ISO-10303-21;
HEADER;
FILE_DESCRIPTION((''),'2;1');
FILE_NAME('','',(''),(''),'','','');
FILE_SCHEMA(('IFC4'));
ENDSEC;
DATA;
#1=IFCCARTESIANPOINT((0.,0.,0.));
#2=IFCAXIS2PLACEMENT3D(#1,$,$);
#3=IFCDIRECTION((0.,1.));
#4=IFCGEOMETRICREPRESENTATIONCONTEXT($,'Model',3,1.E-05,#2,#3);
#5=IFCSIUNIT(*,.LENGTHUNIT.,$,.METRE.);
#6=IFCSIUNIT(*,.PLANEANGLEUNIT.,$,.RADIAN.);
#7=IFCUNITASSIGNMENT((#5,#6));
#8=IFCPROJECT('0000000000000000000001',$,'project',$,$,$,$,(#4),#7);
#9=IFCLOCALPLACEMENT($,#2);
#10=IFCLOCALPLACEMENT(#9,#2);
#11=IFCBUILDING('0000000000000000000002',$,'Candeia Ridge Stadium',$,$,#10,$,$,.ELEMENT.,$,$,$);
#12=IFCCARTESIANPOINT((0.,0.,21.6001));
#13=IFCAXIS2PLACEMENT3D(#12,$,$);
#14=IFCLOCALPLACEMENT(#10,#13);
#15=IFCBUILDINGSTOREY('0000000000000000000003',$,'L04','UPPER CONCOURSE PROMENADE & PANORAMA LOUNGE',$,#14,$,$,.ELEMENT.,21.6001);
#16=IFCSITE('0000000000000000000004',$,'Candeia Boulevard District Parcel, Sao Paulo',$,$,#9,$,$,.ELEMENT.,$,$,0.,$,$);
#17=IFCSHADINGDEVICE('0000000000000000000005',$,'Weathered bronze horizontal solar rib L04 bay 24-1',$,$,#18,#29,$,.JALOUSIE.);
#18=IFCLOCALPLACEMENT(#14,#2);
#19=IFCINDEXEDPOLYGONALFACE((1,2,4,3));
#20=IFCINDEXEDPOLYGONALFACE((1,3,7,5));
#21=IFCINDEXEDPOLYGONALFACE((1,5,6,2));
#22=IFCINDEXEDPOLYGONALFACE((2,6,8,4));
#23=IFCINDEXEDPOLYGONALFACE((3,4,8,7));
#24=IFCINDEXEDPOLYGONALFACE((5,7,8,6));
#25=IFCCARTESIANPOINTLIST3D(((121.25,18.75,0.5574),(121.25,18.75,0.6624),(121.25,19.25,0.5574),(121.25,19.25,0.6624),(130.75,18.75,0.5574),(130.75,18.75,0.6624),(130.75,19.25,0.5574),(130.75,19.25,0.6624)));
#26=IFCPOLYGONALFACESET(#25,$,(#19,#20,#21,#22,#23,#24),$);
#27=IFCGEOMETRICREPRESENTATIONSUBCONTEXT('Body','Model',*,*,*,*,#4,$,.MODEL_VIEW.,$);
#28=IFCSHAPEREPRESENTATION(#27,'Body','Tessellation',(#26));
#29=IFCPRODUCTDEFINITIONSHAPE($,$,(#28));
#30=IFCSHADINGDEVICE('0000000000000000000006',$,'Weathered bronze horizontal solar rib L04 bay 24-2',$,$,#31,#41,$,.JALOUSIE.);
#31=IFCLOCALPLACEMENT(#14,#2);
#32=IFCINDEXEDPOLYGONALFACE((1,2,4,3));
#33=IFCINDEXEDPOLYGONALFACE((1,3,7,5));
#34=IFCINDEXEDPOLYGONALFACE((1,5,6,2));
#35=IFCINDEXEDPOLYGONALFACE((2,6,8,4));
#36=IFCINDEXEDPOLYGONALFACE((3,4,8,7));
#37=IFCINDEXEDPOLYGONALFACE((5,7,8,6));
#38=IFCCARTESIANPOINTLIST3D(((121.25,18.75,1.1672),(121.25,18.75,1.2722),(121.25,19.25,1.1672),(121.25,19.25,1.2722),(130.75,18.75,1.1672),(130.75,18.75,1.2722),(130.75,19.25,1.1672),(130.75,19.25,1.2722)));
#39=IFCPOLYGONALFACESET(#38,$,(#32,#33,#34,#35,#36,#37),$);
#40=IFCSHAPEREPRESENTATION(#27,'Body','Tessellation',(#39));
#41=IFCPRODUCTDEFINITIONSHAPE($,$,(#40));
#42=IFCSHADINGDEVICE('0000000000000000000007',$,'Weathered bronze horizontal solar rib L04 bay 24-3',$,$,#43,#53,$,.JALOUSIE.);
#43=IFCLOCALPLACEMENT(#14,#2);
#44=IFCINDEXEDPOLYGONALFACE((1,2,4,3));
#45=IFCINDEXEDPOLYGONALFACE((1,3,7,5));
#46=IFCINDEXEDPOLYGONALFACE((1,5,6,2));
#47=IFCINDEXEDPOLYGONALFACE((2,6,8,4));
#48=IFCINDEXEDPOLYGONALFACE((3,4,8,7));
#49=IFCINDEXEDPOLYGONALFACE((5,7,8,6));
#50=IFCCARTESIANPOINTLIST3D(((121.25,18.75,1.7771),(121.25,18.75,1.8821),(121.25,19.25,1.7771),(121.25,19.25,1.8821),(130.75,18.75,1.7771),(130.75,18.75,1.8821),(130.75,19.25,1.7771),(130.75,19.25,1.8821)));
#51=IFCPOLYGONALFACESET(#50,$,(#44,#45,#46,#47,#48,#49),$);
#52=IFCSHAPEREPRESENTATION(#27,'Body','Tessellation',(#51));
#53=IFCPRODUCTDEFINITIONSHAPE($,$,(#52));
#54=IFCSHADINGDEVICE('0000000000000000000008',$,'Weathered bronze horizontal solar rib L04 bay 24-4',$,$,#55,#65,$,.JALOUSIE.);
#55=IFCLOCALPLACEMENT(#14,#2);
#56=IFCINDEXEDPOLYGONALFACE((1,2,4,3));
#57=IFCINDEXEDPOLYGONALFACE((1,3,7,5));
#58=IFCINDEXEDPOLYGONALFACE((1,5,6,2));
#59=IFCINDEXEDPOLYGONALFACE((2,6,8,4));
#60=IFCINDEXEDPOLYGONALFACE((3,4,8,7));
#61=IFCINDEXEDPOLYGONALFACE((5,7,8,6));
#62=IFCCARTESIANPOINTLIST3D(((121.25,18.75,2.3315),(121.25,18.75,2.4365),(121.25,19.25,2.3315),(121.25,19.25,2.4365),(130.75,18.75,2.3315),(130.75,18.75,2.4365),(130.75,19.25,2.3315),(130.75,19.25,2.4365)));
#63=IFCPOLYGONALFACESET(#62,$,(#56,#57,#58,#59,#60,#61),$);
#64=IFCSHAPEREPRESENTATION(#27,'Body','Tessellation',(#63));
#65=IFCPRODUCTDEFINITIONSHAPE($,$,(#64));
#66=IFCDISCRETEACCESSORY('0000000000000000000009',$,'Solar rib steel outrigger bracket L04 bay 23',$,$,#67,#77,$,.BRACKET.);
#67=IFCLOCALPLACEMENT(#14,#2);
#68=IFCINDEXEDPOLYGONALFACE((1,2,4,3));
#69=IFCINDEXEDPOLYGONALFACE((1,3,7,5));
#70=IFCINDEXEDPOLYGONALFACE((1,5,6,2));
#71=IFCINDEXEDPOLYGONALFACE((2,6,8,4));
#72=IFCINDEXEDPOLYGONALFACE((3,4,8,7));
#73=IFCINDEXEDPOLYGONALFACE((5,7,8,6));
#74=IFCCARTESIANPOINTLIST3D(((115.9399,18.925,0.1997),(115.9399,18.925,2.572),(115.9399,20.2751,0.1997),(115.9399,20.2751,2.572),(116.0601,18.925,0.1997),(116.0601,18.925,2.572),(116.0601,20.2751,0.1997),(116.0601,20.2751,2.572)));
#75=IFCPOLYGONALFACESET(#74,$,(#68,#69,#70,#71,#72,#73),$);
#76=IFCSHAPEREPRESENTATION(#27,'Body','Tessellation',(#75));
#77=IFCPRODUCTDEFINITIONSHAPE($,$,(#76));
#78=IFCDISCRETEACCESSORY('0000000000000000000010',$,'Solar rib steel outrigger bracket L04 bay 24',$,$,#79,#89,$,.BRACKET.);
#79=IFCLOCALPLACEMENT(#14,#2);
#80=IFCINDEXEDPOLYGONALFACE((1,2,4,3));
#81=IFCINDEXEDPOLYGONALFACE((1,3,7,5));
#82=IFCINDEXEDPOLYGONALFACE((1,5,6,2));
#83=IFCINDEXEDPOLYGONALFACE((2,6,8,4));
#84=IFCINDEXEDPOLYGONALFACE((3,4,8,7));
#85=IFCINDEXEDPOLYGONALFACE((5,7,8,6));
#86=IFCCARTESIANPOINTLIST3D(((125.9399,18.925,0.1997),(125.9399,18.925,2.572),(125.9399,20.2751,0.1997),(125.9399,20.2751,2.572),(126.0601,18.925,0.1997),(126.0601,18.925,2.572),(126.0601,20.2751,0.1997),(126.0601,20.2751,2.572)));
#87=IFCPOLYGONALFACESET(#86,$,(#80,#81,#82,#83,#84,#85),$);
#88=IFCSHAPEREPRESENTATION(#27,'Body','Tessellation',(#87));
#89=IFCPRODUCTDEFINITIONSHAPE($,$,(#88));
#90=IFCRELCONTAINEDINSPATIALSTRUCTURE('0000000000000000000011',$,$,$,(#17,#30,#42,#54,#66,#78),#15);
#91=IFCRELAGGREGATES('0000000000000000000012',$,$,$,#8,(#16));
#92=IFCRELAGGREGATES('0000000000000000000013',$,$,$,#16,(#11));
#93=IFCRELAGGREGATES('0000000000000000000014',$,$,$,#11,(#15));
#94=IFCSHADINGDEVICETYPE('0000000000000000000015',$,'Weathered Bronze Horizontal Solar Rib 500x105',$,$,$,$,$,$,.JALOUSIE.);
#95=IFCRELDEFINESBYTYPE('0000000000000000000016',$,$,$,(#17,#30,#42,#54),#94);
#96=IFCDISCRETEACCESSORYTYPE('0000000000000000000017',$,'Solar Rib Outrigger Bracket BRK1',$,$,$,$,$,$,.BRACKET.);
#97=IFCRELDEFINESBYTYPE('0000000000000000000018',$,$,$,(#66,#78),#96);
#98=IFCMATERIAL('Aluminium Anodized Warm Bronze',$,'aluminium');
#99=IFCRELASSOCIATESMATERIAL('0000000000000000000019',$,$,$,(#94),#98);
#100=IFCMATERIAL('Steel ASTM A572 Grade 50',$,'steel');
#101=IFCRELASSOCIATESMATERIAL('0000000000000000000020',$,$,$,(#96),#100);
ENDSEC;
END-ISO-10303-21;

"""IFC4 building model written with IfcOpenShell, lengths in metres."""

from ifc_helpers import new_model, si_unit, direction, frame, origin, origin_2d, place, context, subcontext, project, spatial, rectangle, extrude, material, type_object, element, save


model = new_model("IFC4")

# Units and contexts
model_context = context("Model", 3, precision=1e-05, world=origin(), true_north=direction((0.0, 1.0)))
body_context = subcontext(model_context, "Body", "Model", "MODEL_VIEW")
ifc_project = project(units=[si_unit("LENGTHUNIT", "METRE"), si_unit("PLANEANGLEUNIT", "RADIAN")], contexts=[model_context])

# Site, building, storey
site_placement = place(None, origin())
site = spatial("IfcSite", under=ifc_project, at=site_placement, Name="Candeia Boulevard District Parcel, Sao Paulo", CompositionType="ELEMENT", RefElevation=0.0)
building_placement = place(site_placement, origin())
building = spatial("IfcBuilding", under=site, at=building_placement, Name="Candeia Ridge Stadium", CompositionType="ELEMENT")
storey_placement = place(building_placement, frame((0.0, 0.0, 21.6001)))
storey = spatial("IfcBuildingStorey", under=building, at=storey_placement, Name="L04", Description="UPPER CONCOURSE PROMENADE & PANORAMA LOUNGE", CompositionType="ELEMENT", Elevation=21.6001)

# Shared definitions
ifc_material_1 = material(Name="Steel ASTM A572 Grade 50", Category="steel")

# Shared definitions
ifc_material_2 = material(Name="Aluminium Anodized Warm Bronze", Category="aluminium")

# Shading devices
shading_device_type = type_object("IfcShadingDeviceType", Name="Weathered Bronze Horizontal Solar Rib 500x105", PredefinedType="JALOUSIE", material=ifc_material_2)
for number, where, z_axis, x_axis, name in (
    (1, (126.0, 19.0, 0.5574), (0.0, 0.0, 1.0), (1.0, 0.0, 0.0), "Weathered bronze horizontal solar rib L04 bay 24-1"),
    (2, (126.0, 19.0, 1.1672), (0.0, 0.0, 1.0), (1.0, 0.0, 0.0), "Weathered bronze horizontal solar rib L04 bay 24-2"),
    (3, (126.0, 19.0, 1.7771), (0.0, 0.0, 1.0), (1.0, 0.0, 0.0), "Weathered bronze horizontal solar rib L04 bay 24-3"),
    (4, (126.0, 19.0, 2.3315), (0.0, 0.0, 1.0), (1.0, 0.0, 0.0), "Weathered bronze horizontal solar rib L04 bay 24-4"),
):
    element("IfcShadingDevice", number, at=place(storey_placement, frame(where, z_axis=z_axis, x_axis=x_axis)), inside=storey, type_object=shading_device_type, Name=name, PredefinedType="JALOUSIE", context=body_context, shape_type="SweptSolid", body=[
        extrude(rectangle(XDim=9.5, YDim=0.5, at=origin_2d()), origin(), (0.0, 0.0, 1.0), 0.105),
    ])

# Discrete accessories
discrete_accessory_type = type_object("IfcDiscreteAccessoryType", Name="Solar Rib Outrigger Bracket BRK1", PredefinedType="BRACKET", material=ifc_material_1)
for number, where, z_axis, x_axis, name in (
    (5, (116.0, 19.6001, 0.1997), (0.0, 0.0, 1.0), (0.0, -1.0, 0.0), "Solar rib steel outrigger bracket L04 bay 23"),
    (6, (126.0, 19.6001, 0.1997), (0.0, 0.0, 1.0), (0.0, -1.0, 0.0), "Solar rib steel outrigger bracket L04 bay 24"),
):
    element("IfcDiscreteAccessory", number, at=place(storey_placement, frame(where, z_axis=z_axis, x_axis=x_axis)), inside=storey, type_object=discrete_accessory_type, Name=name, PredefinedType="BRACKET", context=body_context, shape_type="SweptSolid", body=[
        extrude(rectangle(XDim=1.3501, YDim=0.1201, at=origin_2d()), origin(), (0.0, 0.0, 1.0), 2.3723),
    ])

save(model, "model.ifc")
